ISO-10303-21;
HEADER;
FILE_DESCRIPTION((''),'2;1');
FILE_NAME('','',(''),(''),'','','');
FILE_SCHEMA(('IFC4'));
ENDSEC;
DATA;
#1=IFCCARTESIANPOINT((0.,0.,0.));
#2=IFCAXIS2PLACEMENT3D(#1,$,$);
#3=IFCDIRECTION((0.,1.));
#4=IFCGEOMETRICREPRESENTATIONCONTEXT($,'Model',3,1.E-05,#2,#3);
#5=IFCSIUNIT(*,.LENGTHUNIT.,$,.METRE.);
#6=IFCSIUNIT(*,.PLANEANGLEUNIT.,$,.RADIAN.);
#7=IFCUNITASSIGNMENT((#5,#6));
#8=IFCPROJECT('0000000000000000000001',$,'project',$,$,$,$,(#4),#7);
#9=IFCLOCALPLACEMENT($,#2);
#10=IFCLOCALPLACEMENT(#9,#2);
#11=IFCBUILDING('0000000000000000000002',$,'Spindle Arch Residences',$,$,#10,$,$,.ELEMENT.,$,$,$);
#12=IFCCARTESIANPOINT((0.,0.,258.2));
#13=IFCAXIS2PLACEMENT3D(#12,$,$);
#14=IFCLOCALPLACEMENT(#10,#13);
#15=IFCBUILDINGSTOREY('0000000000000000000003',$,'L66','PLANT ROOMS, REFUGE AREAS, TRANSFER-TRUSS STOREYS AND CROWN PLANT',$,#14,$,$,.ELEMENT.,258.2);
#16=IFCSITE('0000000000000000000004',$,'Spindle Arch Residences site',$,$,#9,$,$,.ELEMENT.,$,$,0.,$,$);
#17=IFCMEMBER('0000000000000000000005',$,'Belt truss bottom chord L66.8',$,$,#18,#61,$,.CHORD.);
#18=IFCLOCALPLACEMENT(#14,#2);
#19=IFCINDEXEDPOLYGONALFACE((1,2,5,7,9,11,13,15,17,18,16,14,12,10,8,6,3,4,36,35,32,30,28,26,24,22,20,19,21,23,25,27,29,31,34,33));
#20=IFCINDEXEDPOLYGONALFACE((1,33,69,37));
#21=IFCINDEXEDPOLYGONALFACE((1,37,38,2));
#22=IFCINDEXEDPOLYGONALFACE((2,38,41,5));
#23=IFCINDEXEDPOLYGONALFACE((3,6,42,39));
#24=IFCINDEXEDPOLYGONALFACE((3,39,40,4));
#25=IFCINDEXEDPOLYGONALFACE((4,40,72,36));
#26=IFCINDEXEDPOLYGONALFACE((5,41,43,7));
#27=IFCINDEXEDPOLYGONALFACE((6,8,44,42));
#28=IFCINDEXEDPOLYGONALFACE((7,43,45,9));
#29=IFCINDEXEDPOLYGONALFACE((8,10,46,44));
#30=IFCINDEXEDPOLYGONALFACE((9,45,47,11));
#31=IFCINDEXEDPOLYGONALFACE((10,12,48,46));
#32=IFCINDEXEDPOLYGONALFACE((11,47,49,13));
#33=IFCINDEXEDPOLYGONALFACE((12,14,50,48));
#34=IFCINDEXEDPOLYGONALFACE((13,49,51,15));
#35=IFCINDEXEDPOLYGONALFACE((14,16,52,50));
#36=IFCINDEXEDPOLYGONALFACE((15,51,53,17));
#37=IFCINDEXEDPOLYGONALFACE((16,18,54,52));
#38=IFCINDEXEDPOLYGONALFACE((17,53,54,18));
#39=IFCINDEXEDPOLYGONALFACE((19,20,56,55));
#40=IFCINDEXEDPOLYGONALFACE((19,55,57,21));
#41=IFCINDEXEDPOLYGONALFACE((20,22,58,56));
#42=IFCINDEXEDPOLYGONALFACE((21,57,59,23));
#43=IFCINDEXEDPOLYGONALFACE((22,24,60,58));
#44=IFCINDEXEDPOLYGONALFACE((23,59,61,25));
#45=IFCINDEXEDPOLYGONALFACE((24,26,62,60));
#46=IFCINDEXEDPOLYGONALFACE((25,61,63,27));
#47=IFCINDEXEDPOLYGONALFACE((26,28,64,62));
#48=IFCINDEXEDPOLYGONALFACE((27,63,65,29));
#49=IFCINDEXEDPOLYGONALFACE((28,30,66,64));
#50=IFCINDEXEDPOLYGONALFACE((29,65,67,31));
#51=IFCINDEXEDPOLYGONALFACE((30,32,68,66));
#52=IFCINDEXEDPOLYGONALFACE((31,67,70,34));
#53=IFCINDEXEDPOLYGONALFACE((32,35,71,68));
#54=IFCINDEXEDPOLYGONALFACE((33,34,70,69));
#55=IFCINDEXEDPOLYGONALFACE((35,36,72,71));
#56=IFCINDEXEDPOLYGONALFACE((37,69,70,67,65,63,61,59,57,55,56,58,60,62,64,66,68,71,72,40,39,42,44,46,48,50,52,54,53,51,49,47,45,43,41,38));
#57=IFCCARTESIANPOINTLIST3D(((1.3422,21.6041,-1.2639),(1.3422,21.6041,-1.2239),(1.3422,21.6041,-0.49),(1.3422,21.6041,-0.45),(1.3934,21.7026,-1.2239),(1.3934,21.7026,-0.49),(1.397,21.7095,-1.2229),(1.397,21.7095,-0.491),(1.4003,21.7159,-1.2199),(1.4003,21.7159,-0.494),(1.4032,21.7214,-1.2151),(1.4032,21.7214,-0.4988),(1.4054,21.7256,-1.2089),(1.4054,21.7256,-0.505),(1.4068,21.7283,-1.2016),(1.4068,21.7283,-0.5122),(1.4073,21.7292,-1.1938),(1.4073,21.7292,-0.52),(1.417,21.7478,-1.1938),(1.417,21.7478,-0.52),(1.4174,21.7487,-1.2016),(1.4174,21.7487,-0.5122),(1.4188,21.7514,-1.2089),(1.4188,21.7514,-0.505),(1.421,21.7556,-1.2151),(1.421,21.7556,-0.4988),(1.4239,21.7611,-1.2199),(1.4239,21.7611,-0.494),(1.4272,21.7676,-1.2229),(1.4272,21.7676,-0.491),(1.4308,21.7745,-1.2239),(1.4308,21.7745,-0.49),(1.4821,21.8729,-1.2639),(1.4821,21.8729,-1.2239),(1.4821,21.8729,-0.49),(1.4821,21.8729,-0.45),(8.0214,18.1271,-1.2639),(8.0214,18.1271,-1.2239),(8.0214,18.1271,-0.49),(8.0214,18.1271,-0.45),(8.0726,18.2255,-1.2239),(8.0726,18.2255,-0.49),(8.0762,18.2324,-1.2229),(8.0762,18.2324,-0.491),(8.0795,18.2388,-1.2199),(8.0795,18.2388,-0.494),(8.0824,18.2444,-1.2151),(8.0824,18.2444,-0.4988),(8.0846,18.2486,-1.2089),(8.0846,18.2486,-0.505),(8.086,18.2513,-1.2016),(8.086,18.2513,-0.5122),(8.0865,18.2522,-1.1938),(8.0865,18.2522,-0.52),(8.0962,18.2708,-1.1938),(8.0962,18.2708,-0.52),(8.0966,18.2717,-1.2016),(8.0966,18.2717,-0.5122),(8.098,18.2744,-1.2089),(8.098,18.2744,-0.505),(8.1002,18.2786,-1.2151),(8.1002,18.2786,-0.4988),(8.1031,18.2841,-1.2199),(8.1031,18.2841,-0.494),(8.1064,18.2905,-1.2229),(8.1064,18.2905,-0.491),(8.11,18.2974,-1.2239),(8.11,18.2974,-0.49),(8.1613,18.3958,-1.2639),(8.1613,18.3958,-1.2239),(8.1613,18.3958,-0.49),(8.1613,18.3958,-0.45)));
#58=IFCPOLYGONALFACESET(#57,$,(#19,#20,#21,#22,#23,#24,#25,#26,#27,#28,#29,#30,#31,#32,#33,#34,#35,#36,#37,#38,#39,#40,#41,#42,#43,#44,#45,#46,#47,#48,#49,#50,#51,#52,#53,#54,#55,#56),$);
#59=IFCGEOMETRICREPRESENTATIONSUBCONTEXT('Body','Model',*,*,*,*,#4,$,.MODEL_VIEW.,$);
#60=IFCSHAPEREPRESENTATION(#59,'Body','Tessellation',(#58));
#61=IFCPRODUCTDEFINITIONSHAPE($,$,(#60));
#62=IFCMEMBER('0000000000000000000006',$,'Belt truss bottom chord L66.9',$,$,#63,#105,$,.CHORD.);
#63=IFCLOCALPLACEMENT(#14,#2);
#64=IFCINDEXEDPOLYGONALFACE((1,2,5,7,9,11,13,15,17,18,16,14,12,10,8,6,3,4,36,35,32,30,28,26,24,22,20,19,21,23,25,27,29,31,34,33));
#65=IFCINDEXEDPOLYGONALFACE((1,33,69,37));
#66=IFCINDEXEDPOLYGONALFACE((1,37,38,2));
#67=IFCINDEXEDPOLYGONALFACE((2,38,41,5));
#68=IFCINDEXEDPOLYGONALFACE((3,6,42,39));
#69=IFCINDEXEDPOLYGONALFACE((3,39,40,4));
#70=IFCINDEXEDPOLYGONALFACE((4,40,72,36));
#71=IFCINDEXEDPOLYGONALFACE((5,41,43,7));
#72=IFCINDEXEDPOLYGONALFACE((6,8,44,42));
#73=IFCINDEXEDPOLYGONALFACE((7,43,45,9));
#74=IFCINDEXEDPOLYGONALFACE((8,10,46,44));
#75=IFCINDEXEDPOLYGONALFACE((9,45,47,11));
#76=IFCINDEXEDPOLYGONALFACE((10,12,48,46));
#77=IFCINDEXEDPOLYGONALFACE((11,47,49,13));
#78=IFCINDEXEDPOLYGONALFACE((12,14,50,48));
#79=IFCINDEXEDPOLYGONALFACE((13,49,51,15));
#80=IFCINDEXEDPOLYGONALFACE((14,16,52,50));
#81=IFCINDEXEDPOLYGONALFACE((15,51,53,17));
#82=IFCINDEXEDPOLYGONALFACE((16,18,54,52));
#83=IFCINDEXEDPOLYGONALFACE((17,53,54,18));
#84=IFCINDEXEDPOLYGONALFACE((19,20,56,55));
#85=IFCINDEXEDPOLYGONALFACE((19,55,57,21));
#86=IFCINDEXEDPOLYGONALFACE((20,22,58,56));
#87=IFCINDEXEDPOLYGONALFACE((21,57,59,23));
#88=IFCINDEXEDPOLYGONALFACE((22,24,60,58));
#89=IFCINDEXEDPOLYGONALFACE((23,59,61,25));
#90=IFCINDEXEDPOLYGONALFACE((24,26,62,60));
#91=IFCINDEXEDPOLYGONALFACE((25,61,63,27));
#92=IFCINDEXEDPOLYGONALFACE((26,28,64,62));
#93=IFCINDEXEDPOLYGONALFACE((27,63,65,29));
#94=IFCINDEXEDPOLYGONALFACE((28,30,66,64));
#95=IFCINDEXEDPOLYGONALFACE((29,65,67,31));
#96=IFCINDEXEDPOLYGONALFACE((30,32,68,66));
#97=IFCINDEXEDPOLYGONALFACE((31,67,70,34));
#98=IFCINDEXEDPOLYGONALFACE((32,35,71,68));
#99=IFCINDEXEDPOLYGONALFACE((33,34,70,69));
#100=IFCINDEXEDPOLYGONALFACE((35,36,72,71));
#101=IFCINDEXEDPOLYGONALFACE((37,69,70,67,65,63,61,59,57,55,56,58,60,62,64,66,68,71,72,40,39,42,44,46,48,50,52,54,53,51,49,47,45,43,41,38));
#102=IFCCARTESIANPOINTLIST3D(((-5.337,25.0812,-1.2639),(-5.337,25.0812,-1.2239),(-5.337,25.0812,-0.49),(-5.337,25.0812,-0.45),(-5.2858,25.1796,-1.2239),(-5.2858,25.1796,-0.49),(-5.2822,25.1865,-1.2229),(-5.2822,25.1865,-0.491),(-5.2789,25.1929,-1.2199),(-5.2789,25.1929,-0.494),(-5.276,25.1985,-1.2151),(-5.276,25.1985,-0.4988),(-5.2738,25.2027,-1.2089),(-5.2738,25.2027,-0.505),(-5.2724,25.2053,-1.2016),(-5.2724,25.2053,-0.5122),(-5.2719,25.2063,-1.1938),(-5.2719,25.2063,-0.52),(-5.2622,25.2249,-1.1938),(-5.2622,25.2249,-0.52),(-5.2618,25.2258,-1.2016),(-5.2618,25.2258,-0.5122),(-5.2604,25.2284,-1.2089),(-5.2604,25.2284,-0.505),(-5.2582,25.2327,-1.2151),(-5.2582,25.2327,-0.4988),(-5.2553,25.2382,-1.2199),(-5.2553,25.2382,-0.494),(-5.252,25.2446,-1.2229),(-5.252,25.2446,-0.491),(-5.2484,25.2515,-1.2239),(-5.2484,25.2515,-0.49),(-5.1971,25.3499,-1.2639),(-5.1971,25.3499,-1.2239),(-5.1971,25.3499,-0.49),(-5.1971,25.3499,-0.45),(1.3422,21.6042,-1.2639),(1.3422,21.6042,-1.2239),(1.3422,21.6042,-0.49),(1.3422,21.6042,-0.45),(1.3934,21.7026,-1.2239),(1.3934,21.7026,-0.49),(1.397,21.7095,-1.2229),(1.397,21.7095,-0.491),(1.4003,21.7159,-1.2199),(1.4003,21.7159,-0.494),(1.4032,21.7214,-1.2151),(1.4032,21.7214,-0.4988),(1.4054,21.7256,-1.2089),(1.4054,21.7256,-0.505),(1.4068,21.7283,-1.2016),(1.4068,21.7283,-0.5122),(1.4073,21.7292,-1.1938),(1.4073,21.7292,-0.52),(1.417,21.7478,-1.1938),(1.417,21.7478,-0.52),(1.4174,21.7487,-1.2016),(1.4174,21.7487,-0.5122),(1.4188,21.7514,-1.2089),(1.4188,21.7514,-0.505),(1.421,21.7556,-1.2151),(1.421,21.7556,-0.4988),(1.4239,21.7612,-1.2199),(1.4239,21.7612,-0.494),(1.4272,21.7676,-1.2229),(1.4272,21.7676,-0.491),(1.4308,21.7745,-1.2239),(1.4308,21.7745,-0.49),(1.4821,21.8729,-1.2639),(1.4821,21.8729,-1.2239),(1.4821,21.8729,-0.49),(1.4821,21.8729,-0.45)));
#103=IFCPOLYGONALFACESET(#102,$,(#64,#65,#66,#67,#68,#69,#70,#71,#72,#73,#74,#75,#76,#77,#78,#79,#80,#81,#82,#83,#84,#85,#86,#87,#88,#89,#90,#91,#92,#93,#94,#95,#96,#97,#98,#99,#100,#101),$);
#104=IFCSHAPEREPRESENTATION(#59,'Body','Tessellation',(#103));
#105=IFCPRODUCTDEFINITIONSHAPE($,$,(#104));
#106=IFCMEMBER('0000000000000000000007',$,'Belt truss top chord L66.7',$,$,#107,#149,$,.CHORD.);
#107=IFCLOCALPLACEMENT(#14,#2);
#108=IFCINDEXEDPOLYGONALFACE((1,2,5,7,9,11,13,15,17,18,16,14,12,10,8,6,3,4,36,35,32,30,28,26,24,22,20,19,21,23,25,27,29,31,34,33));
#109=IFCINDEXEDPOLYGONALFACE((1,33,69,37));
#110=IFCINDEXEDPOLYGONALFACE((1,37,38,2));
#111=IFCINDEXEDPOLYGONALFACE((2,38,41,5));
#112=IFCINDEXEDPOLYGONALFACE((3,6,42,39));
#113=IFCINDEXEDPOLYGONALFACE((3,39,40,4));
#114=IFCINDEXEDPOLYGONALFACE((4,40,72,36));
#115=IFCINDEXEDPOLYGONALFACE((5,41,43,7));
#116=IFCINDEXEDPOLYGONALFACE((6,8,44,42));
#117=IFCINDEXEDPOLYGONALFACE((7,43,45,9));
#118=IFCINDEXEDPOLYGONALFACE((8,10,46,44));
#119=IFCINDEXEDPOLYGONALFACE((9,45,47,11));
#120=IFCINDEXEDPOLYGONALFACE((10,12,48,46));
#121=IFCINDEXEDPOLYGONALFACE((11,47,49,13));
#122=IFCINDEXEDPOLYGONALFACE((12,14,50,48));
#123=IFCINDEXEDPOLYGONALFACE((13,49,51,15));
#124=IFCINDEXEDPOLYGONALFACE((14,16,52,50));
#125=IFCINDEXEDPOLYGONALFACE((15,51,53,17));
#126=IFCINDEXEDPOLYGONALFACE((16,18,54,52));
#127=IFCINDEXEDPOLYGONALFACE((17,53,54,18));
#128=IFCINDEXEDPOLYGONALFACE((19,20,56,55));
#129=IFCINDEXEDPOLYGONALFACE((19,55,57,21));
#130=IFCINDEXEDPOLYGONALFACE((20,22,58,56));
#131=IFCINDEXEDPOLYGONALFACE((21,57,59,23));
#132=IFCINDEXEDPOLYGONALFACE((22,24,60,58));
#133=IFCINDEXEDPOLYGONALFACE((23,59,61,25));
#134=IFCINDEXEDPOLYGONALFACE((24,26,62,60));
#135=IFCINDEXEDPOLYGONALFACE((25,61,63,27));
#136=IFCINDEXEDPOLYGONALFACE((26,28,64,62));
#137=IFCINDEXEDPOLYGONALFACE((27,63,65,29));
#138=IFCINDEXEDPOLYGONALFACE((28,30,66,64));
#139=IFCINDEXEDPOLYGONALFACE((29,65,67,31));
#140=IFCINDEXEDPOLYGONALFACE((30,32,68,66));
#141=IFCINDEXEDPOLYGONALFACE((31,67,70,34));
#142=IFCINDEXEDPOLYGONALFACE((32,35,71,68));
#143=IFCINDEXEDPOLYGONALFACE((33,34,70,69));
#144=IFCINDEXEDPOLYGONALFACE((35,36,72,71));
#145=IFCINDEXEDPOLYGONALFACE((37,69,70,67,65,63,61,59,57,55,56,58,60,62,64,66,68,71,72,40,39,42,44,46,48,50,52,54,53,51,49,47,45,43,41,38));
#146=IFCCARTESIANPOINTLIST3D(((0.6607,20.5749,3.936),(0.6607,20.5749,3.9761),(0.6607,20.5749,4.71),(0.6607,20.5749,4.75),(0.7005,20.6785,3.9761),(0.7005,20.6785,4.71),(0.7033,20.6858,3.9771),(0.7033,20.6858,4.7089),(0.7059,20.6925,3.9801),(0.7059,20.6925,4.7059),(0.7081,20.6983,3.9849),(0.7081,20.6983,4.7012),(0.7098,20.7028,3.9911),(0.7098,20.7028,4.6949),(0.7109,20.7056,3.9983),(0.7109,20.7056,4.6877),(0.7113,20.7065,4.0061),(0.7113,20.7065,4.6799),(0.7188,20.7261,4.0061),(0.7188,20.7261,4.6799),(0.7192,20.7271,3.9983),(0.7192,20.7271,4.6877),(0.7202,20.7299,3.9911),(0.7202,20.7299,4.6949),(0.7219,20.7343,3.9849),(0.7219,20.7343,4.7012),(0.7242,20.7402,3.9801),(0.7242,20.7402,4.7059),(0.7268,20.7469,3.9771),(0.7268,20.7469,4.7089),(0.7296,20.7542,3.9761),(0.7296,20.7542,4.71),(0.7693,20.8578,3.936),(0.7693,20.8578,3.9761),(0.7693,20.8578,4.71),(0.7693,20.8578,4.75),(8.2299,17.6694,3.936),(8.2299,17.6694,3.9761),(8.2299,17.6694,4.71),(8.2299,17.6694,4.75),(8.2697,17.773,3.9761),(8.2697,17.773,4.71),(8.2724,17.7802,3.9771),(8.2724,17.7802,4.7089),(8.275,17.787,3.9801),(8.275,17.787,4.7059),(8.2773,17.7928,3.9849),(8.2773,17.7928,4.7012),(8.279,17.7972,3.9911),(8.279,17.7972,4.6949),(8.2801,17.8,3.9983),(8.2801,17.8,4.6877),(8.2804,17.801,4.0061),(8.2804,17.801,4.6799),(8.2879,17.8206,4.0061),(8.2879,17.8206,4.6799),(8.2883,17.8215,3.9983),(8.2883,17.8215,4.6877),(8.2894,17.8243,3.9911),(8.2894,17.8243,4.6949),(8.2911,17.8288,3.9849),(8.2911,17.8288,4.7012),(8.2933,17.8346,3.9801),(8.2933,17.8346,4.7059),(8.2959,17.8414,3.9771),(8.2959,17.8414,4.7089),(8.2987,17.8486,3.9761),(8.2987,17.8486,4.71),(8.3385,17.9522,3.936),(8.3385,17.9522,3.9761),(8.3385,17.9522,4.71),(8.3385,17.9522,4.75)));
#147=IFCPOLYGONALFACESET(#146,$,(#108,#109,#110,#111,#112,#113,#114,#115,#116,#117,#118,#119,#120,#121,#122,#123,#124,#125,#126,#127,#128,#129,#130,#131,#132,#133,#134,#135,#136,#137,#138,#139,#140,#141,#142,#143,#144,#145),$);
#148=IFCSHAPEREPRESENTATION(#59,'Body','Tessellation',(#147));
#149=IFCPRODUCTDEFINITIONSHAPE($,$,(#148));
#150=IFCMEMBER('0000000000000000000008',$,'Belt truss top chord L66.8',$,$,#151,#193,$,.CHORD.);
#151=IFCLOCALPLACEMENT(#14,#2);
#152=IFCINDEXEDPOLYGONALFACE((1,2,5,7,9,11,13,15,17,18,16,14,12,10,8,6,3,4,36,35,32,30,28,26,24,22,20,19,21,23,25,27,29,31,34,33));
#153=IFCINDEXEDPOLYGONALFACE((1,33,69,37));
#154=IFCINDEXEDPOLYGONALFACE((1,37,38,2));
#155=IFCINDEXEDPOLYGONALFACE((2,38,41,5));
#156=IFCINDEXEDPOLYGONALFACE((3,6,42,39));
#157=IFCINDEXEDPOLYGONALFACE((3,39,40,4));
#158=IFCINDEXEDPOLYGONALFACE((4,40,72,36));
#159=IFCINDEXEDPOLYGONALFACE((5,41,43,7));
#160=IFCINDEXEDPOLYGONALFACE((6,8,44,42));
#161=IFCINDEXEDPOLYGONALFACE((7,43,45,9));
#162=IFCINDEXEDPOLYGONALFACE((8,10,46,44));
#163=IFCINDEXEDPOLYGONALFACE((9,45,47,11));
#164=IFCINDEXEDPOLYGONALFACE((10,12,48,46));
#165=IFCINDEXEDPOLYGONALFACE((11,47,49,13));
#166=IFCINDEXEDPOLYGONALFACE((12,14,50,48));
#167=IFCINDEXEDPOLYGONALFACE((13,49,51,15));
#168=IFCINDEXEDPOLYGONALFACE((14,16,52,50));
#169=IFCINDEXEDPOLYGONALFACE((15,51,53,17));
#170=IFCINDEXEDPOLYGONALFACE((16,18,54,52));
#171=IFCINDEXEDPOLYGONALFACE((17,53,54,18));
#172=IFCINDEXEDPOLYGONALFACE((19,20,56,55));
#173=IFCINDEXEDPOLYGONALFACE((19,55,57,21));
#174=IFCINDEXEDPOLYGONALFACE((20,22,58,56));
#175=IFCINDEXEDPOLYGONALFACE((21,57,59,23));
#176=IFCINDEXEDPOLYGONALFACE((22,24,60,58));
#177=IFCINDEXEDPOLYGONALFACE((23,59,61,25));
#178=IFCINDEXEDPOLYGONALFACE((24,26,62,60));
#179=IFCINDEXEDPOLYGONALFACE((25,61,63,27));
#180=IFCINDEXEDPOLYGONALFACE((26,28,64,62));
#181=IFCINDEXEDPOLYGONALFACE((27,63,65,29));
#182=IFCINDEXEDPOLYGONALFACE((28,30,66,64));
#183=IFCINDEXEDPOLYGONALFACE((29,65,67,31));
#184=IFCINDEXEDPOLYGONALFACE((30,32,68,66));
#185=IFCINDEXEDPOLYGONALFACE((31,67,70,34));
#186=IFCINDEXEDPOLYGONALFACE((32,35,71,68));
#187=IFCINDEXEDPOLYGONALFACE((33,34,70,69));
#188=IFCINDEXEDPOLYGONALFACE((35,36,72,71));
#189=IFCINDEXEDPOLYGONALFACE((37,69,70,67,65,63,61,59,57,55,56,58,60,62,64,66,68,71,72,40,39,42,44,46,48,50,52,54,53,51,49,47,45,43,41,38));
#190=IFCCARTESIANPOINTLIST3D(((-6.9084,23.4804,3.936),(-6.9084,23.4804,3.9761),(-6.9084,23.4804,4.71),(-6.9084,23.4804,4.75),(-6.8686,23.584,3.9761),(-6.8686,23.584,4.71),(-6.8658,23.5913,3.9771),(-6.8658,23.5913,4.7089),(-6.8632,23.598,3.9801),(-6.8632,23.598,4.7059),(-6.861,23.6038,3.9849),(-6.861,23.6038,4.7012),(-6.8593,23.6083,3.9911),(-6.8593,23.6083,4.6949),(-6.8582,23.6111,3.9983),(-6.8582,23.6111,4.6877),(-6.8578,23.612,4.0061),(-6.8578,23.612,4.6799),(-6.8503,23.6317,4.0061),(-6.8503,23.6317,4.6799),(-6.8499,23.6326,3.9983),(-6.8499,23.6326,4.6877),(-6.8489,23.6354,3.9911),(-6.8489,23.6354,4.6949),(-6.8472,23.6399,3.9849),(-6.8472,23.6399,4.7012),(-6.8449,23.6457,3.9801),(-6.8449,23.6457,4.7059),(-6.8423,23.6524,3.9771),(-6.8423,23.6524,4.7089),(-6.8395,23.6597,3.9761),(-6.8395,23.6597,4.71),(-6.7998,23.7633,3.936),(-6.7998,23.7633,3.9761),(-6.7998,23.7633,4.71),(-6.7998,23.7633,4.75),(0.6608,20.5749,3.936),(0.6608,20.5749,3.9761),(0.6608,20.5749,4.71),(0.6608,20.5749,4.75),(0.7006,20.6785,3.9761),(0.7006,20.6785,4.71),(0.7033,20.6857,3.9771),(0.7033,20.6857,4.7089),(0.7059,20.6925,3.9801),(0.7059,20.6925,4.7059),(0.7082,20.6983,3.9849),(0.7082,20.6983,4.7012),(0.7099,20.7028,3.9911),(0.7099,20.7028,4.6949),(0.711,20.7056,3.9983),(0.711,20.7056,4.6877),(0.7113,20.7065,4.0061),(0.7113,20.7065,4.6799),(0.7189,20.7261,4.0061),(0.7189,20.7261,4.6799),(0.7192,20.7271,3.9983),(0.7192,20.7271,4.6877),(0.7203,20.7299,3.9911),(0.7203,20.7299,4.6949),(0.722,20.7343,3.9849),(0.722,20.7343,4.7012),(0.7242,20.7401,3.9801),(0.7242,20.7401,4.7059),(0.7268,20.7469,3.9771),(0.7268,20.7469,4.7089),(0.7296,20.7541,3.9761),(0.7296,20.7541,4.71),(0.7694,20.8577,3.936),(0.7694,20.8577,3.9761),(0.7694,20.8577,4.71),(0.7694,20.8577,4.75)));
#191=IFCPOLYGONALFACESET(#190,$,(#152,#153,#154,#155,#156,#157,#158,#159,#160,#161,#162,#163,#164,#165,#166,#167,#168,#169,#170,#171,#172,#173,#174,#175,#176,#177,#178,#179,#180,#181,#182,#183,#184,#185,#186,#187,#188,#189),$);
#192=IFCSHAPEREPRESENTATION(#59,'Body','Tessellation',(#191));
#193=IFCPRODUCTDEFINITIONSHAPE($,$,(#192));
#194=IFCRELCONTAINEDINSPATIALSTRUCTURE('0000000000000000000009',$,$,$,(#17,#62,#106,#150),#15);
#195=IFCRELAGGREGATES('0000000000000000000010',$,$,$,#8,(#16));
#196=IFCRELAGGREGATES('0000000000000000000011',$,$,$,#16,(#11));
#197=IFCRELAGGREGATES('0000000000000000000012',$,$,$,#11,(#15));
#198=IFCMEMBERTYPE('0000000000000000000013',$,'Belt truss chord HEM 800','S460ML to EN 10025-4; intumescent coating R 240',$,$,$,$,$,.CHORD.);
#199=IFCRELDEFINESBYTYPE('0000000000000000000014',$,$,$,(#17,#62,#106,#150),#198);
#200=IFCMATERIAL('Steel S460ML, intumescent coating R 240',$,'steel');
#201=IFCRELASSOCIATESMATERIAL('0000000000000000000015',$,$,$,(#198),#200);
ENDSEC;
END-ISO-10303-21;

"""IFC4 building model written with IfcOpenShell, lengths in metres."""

from ifc_helpers import new_model, si_unit, direction, frame, origin, origin_2d, place, context, subcontext, project, spatial, i_section, extrude, material, material_profile, profile_set, type_object, element, save


model = new_model("IFC4")

# Units and contexts
model_context = context("Model", 3, precision=1e-05, world=origin(), true_north=direction((0.0, 1.0)))
body_context = subcontext(model_context, "Body", "Model", "MODEL_VIEW")
ifc_project = project(units=[si_unit("LENGTHUNIT", "METRE"), si_unit("PLANEANGLEUNIT", "RADIAN")], contexts=[model_context])

# Site, building, storey
site_placement = place(None, origin())
site = spatial("IfcSite", under=ifc_project, at=site_placement, Name="Spindle Arch Residences site", CompositionType="ELEMENT", RefElevation=0.0)
building_placement = place(site_placement, origin())
building = spatial("IfcBuilding", under=site, at=building_placement, Name="Spindle Arch Residences", CompositionType="ELEMENT")
storey_placement = place(building_placement, frame((0.0, 0.0, 258.2)))
storey = spatial("IfcBuildingStorey", under=building, at=storey_placement, Name="L66", Description="PLANT ROOMS, REFUGE AREAS, TRANSFER-TRUSS STOREYS AND CROWN PLANT", CompositionType="ELEMENT", Elevation=258.2)

# Members
ifc_material_1 = material(Name="Steel S460ML, intumescent coating R 240", Category="steel")
ifc_material_profile_1 = material_profile(ifc_material_1, i_section(OverallWidth=0.303, OverallDepth=0.814, WebThickness=0.021, FlangeThickness=0.04, FilletRadius=0.03, at=origin_2d()), Name="HEM 800")
ifc_profile_set_1 = profile_set([ifc_material_profile_1], Name="Steel S460ML, intumescent coating R 240")
member_type_1 = type_object("IfcMemberType", Name="Belt truss chord HEM 800", Description="S460ML to EN 10025-4; intumescent coating R 240", PredefinedType="CHORD", material=ifc_profile_set_1)
for number, where, z_axis, x_axis, name in (
    (1, (8.0913, 18.2615, -0.8569), (-0.887006, 0.461757, 0.0), (-0.461757, -0.887006, 0.0), "Belt truss bottom chord L66.8"),
    (2, (1.4121, 21.7385, -0.8569), (-0.887006, 0.461757, 0.0), (-0.461757, -0.887006, 0.0), "Belt truss bottom chord L66.9"),
):
    element("IfcMember", number, at=place(storey_placement, frame(where, z_axis=z_axis, x_axis=x_axis)), inside=storey, type_object=member_type_1, Name=name, PredefinedType="CHORD", context=body_context, shape_type="SweptSolid", body=[
        extrude(i_section(OverallWidth=0.303, OverallDepth=0.814, WebThickness=0.021, FlangeThickness=0.04, FilletRadius=0.03, at=origin_2d()), origin(), (0.0, 0.0, 1.0), 7.53),
    ])
for number, where, z_axis, x_axis, name in (
    (3, (8.2842, 17.8108, 4.343), (-0.93358, 0.35837, 0.0), (-0.35837, -0.93358, 0.0), "Belt truss top chord L66.7"),
    (4, (0.7151, 20.7163, 4.343), (-0.93358, 0.35837, 0.0), (-0.35837, -0.93358, 0.0), "Belt truss top chord L66.8"),
):
    element("IfcMember", number, at=place(storey_placement, frame(where, z_axis=z_axis, x_axis=x_axis)), inside=storey, type_object=member_type_1, Name=name, PredefinedType="CHORD", context=body_context, shape_type="SweptSolid", body=[
        extrude(i_section(OverallWidth=0.303, OverallDepth=0.814, WebThickness=0.021, FlangeThickness=0.04, FilletRadius=0.03, at=origin_2d()), origin(), (0.0, 0.0, 1.0), 8.1077),
    ])

save(model, "model.ifc")
